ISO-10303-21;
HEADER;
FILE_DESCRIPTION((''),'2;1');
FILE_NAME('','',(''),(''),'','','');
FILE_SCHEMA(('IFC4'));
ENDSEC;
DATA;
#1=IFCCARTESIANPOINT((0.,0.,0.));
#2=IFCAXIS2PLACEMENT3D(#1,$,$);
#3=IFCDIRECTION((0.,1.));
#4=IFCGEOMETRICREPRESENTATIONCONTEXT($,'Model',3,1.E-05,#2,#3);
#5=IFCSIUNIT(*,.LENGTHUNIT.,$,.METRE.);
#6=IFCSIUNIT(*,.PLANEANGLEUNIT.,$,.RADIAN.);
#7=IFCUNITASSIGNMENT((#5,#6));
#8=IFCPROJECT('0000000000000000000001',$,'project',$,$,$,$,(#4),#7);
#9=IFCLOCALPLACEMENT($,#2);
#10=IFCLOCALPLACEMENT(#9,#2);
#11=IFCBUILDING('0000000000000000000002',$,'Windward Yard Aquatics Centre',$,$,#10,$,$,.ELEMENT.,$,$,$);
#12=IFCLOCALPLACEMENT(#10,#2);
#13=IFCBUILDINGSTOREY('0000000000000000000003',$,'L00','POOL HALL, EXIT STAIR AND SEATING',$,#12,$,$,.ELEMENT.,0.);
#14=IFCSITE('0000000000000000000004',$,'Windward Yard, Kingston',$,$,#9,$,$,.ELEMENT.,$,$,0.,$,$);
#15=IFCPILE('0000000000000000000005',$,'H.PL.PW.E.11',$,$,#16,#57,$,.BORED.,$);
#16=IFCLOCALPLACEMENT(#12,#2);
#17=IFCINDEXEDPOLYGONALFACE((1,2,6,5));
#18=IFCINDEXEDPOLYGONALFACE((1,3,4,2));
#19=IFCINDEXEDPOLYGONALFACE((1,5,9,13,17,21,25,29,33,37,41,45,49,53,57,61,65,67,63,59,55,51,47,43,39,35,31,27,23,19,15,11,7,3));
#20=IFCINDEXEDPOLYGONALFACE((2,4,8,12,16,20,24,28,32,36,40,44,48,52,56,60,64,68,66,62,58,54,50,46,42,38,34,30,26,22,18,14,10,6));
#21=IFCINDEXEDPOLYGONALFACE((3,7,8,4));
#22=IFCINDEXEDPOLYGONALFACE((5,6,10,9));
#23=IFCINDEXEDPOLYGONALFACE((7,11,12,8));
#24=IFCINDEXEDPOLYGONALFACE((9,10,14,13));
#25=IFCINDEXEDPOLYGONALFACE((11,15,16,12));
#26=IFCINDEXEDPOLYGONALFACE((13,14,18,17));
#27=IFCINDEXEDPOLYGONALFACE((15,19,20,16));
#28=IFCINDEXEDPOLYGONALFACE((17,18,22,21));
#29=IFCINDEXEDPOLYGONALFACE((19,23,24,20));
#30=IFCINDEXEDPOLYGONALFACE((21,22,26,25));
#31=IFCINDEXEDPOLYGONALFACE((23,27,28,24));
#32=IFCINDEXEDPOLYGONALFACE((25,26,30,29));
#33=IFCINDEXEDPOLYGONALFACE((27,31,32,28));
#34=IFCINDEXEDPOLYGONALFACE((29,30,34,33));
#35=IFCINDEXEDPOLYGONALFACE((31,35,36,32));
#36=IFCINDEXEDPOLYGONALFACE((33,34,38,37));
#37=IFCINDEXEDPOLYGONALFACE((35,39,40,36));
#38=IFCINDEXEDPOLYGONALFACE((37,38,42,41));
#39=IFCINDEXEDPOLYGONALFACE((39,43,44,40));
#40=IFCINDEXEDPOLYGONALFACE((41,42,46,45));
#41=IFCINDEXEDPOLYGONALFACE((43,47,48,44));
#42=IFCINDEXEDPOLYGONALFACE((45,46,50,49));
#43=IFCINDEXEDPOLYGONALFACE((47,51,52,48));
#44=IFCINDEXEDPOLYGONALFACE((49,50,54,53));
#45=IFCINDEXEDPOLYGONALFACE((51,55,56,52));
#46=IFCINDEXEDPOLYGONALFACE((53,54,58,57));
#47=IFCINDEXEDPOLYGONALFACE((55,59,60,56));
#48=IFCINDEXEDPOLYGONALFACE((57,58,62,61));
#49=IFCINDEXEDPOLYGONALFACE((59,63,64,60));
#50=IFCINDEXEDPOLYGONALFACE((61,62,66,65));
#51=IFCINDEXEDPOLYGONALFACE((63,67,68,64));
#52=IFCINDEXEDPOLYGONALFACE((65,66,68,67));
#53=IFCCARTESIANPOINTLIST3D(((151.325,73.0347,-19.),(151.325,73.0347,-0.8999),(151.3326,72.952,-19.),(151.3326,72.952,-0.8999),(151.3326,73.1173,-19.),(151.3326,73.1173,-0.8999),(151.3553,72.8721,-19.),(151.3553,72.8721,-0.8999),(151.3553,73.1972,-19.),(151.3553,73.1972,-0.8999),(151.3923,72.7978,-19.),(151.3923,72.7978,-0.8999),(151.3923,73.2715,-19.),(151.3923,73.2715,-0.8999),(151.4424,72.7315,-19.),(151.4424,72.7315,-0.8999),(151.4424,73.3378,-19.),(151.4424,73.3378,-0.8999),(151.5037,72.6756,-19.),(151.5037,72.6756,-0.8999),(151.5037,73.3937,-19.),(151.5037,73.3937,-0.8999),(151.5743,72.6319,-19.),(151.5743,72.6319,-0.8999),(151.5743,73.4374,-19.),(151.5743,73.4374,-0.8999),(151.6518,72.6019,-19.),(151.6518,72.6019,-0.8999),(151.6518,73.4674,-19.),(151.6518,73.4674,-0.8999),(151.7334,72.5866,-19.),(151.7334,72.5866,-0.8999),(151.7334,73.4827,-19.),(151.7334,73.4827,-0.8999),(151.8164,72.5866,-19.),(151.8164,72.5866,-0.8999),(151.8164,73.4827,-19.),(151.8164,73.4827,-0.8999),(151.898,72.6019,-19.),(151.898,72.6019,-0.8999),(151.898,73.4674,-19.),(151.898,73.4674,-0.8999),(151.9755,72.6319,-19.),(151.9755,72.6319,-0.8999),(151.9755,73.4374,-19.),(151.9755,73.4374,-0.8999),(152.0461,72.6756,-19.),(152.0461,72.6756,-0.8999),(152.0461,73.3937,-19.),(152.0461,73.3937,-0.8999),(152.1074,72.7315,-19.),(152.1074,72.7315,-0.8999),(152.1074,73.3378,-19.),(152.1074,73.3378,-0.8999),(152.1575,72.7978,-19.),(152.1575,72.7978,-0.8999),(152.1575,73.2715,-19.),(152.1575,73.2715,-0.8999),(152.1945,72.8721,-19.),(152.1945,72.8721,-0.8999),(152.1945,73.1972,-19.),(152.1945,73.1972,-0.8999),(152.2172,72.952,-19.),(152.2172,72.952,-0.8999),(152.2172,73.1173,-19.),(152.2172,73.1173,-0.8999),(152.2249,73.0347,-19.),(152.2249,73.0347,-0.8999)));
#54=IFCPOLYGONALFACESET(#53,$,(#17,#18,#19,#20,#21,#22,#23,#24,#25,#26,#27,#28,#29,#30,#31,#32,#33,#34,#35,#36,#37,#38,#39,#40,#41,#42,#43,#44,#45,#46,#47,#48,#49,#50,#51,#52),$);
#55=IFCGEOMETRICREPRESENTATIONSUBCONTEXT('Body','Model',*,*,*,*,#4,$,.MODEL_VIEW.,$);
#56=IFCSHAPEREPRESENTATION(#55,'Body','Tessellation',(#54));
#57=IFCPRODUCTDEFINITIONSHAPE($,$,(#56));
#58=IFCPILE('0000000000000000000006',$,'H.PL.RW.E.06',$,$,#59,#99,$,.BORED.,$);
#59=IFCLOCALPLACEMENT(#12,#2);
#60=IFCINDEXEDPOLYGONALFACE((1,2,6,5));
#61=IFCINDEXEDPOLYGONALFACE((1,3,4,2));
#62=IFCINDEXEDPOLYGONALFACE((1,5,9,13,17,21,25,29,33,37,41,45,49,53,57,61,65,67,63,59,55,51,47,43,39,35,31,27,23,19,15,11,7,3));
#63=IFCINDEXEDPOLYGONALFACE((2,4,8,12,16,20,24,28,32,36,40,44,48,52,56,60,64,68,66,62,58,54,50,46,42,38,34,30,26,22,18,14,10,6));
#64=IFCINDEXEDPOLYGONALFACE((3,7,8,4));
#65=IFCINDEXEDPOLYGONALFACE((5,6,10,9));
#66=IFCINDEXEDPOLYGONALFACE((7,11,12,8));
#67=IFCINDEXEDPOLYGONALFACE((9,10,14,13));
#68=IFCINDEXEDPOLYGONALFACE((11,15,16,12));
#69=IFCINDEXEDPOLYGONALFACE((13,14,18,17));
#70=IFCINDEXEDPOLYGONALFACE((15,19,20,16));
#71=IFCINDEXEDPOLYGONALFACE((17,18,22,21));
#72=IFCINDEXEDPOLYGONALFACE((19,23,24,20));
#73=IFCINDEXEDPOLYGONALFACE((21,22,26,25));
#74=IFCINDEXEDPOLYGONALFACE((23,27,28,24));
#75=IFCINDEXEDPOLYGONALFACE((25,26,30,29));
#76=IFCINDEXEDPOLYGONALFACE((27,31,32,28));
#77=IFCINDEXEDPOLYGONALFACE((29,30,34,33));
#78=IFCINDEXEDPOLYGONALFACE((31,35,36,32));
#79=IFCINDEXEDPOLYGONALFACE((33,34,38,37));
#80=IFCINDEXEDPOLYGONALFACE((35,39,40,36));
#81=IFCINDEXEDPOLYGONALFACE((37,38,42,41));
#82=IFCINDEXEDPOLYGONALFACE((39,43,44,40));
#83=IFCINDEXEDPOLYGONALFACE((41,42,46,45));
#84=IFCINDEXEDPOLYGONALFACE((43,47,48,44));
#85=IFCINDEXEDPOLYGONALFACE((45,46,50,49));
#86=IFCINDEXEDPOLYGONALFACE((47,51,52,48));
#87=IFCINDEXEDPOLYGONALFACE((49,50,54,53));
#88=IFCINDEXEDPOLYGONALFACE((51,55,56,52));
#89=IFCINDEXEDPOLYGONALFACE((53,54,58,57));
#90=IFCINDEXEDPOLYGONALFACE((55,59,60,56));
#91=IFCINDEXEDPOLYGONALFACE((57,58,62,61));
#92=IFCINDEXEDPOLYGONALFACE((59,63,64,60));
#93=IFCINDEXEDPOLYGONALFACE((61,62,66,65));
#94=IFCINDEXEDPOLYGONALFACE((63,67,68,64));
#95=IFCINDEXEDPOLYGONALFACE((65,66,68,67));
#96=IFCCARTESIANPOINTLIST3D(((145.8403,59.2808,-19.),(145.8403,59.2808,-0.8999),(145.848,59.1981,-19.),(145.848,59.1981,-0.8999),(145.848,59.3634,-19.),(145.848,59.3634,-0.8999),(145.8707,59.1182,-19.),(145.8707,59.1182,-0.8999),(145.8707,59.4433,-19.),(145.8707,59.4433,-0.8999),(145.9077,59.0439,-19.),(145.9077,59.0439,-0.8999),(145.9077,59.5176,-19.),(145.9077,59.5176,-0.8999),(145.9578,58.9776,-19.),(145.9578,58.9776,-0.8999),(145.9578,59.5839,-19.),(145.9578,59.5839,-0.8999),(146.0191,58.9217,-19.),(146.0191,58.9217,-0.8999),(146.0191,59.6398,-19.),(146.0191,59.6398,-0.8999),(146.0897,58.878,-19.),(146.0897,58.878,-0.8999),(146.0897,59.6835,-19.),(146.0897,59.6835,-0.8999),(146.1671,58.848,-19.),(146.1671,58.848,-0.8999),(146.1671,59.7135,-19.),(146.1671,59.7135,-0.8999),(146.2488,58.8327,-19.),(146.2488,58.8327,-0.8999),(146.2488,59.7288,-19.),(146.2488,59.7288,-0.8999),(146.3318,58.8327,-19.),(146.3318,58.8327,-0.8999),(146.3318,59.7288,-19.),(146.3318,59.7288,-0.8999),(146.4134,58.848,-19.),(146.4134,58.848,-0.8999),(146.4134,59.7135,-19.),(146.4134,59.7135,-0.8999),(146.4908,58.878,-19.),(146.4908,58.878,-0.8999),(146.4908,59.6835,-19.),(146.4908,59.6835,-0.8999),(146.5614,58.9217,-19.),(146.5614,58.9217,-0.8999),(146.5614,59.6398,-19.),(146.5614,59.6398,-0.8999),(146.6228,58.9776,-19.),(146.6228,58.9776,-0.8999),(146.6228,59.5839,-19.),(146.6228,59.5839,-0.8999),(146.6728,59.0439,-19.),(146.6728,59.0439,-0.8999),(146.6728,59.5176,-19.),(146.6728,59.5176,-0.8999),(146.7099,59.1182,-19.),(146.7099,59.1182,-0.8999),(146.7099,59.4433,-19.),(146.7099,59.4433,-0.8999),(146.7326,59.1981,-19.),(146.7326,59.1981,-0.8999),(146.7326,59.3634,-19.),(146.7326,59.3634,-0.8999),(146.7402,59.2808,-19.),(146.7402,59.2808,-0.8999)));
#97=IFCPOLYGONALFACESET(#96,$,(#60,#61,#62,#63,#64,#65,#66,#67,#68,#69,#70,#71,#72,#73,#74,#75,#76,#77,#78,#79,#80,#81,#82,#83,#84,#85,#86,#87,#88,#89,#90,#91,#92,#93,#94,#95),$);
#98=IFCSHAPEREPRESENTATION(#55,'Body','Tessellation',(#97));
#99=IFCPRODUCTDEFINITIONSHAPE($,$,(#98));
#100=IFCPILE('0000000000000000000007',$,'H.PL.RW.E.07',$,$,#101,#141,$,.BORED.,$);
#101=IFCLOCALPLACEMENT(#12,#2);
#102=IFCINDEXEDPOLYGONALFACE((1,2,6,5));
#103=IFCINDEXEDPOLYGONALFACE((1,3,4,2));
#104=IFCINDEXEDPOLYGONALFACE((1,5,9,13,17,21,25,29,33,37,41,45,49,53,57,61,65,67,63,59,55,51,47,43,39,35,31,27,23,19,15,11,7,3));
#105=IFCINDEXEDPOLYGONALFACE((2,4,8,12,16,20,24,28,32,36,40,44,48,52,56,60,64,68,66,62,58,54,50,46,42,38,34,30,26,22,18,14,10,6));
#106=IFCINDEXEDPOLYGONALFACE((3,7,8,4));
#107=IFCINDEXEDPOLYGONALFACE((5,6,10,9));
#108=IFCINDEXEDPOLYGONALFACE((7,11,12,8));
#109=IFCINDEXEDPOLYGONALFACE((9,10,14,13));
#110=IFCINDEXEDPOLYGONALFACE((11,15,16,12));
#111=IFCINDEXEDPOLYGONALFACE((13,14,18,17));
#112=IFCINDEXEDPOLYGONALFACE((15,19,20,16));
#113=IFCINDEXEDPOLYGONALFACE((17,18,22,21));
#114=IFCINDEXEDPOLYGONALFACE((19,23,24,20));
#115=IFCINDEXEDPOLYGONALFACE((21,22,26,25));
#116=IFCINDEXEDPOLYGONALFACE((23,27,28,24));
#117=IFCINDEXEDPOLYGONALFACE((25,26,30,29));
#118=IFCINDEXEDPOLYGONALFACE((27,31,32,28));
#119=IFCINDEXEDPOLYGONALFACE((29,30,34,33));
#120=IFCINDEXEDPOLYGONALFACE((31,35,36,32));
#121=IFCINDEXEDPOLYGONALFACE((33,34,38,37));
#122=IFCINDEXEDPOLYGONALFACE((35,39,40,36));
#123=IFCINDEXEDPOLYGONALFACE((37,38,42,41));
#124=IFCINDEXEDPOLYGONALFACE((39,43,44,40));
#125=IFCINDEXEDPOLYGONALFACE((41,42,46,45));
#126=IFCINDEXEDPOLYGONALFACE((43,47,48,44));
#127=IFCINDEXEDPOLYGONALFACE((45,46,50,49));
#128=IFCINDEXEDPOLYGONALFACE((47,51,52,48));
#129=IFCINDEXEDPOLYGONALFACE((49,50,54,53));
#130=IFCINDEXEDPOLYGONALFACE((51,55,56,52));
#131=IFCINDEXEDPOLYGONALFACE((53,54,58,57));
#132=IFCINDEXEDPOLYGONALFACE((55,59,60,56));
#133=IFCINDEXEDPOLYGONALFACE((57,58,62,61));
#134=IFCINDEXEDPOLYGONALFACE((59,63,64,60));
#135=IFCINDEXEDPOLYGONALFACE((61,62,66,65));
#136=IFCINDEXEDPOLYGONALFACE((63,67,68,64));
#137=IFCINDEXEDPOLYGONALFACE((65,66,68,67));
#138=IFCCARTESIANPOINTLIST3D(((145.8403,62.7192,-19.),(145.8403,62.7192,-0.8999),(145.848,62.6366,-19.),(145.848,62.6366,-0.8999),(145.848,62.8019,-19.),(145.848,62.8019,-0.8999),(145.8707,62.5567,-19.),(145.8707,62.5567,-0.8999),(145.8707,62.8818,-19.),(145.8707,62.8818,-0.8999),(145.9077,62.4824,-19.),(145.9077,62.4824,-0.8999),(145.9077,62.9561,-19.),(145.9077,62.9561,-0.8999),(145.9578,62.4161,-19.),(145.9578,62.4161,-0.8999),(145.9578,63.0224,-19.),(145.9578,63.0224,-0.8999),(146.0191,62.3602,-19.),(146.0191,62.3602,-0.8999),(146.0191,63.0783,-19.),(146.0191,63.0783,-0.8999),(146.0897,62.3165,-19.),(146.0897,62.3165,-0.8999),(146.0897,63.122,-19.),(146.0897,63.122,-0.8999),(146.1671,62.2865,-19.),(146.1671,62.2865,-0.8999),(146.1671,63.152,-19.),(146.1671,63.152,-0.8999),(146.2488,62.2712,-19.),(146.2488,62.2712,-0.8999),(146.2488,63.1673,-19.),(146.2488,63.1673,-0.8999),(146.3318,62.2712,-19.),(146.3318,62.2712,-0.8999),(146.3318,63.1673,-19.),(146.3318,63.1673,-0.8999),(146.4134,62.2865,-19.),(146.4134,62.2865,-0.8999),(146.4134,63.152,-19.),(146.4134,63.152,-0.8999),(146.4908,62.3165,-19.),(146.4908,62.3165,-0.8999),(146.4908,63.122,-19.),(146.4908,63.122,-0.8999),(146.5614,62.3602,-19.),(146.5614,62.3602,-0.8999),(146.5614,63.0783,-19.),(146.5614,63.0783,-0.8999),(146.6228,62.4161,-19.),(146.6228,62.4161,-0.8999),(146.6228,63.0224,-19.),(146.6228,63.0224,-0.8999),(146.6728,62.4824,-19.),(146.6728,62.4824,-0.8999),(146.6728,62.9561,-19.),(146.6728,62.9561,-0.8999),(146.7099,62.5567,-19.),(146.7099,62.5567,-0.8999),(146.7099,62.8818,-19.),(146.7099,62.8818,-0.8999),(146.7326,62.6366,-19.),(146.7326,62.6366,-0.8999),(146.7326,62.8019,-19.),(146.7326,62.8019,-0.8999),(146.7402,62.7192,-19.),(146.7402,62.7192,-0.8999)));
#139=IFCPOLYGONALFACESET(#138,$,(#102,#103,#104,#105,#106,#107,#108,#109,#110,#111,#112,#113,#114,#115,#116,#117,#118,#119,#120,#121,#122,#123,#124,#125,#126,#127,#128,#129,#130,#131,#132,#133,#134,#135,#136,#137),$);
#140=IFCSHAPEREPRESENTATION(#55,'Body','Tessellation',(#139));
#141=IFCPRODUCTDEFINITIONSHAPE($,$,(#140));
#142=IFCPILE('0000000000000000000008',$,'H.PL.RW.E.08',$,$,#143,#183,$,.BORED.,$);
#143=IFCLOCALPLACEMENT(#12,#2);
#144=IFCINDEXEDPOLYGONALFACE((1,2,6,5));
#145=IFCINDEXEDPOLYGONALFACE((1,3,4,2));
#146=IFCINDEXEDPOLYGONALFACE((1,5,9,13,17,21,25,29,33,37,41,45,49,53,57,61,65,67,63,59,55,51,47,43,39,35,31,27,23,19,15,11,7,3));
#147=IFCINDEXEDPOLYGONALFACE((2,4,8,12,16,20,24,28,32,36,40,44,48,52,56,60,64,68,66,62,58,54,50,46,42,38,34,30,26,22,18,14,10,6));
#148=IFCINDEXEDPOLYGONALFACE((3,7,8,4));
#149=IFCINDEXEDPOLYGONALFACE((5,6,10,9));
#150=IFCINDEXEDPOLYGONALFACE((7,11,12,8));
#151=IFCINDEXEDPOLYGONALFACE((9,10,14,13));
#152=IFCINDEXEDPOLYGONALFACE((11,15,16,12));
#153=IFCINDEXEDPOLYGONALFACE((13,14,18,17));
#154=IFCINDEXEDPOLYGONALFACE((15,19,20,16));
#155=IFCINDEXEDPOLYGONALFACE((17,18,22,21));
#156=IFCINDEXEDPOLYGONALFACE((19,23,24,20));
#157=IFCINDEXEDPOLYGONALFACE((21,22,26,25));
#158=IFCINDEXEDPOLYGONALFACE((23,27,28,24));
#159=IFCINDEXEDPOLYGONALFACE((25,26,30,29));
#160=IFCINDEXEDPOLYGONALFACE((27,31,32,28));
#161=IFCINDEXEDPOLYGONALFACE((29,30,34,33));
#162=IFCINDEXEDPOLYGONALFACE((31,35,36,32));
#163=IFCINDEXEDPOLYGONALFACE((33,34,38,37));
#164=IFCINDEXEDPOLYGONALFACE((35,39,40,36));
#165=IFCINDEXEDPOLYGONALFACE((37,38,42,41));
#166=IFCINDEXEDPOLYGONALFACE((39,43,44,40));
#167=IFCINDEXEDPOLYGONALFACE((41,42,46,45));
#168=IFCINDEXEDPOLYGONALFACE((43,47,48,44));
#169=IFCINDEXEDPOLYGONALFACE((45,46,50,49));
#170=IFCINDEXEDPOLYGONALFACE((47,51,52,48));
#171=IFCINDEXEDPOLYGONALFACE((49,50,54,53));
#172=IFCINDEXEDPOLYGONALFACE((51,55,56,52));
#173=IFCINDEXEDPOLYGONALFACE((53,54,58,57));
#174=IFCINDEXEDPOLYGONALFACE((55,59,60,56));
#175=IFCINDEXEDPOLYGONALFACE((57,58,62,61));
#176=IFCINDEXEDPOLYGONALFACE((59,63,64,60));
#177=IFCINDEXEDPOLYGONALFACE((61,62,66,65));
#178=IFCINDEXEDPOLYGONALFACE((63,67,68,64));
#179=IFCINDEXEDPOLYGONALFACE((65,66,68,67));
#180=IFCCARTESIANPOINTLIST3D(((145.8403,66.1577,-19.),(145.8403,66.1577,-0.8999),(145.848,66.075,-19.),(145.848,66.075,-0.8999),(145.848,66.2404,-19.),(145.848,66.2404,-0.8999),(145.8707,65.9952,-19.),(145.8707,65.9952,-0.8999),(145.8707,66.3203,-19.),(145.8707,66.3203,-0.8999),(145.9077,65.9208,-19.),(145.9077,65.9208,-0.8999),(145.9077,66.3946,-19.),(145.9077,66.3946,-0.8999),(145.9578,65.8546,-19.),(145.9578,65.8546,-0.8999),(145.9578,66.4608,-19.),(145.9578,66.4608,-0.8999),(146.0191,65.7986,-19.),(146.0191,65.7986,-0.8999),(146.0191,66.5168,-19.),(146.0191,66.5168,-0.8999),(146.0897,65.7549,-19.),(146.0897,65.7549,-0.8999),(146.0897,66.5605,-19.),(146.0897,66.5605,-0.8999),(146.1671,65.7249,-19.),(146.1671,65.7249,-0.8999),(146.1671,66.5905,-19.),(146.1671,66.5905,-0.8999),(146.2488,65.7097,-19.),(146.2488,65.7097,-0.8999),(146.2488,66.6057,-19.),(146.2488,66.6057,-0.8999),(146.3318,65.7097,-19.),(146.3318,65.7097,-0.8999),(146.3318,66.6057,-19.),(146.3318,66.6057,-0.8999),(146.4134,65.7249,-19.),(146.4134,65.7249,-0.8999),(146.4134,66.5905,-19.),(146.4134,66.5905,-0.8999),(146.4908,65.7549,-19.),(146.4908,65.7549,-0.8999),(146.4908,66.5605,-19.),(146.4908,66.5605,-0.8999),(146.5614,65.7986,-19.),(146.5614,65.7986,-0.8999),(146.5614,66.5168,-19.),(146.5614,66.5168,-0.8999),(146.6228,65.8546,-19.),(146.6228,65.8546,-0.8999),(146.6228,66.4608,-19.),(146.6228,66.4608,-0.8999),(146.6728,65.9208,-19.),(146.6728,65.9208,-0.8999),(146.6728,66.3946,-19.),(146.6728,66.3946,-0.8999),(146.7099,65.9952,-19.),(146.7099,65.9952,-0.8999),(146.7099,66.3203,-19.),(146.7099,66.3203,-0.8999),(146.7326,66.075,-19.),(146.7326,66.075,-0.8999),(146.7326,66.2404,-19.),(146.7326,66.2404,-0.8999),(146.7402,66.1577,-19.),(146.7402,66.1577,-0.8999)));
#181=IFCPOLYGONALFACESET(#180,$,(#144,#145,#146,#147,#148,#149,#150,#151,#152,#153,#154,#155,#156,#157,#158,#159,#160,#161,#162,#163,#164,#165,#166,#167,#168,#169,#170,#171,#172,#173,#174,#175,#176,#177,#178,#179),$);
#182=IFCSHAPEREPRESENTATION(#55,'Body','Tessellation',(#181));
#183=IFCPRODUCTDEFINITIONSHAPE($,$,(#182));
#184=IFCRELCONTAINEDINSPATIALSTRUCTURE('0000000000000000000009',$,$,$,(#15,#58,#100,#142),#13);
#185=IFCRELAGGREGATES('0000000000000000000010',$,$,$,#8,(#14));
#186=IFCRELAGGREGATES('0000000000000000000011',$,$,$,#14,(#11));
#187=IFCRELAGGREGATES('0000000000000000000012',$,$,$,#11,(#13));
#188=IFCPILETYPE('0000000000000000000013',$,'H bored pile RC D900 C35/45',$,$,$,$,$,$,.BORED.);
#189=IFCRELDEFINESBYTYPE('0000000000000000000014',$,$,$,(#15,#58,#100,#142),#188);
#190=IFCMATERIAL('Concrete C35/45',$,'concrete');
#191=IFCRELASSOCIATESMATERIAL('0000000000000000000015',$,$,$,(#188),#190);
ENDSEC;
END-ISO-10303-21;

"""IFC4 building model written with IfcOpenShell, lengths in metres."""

from ifc_helpers import new_model, si_unit, direction, frame, origin, origin_2d, place, context, subcontext, project, spatial, circle, extrude, material, material_profile, profile_set, type_object, element, save


model = new_model("IFC4")

# Units and contexts
model_context = context("Model", 3, precision=1e-05, world=origin(), true_north=direction((0.0, 1.0)))
body_context = subcontext(model_context, "Body", "Model", "MODEL_VIEW")
ifc_project = project(units=[si_unit("LENGTHUNIT", "METRE"), si_unit("PLANEANGLEUNIT", "RADIAN")], contexts=[model_context])

# Site, building, storey
site_placement = place(None, origin())
site = spatial("IfcSite", under=ifc_project, at=site_placement, Name="Windward Yard, Kingston", CompositionType="ELEMENT", RefElevation=0.0)
building_placement = place(site_placement, origin())
building = spatial("IfcBuilding", under=site, at=building_placement, Name="Windward Yard Aquatics Centre", CompositionType="ELEMENT")
storey_placement = place(building_placement, origin())
storey = spatial("IfcBuildingStorey", under=building, at=storey_placement, Name="L00", Description="POOL HALL, EXIT STAIR AND SEATING", CompositionType="ELEMENT", Elevation=0.0)

# Shared definitions
ifc_material_1 = material(Name="Concrete C35/45", Category="concrete")

# Piles
ifc_material_profile_1 = material_profile(ifc_material_1, circle(Radius=0.45, at=origin_2d()), Name="RC D900")
ifc_profile_set_1 = profile_set([ifc_material_profile_1], Name="Concrete C35/45")
pile_type = type_object("IfcPileType", Name="H bored pile RC D900 C35/45", PredefinedType="BORED", material=ifc_profile_set_1)
for number, where, z_axis, x_axis, name in (
    (1, (151.7749, 73.0347, -0.8999), (0.0, 0.0, -1.0), (1.0, 0.0, 0.0), "H.PL.PW.E.11"),
    (2, (146.2903, 59.2808, -0.8999), (0.0, 0.0, -1.0), (1.0, 0.0, 0.0), "H.PL.RW.E.06"),
    (3, (146.2903, 62.7192, -0.8999), (0.0, 0.0, -1.0), (1.0, 0.0, 0.0), "H.PL.RW.E.07"),
    (4, (146.2903, 66.1577, -0.8999), (0.0, 0.0, -1.0), (1.0, 0.0, 0.0), "H.PL.RW.E.08"),
):
    element("IfcPile", number, at=place(storey_placement, frame(where, z_axis=z_axis, x_axis=x_axis)), inside=storey, type_object=pile_type, Name=name, PredefinedType="BORED", context=body_context, shape_type="SweptSolid", body=[
        extrude(circle(Radius=0.45, at=origin_2d()), origin(), (0.0, 0.0, 1.0), 18.1001),
    ])

save(model, "model.ifc")
